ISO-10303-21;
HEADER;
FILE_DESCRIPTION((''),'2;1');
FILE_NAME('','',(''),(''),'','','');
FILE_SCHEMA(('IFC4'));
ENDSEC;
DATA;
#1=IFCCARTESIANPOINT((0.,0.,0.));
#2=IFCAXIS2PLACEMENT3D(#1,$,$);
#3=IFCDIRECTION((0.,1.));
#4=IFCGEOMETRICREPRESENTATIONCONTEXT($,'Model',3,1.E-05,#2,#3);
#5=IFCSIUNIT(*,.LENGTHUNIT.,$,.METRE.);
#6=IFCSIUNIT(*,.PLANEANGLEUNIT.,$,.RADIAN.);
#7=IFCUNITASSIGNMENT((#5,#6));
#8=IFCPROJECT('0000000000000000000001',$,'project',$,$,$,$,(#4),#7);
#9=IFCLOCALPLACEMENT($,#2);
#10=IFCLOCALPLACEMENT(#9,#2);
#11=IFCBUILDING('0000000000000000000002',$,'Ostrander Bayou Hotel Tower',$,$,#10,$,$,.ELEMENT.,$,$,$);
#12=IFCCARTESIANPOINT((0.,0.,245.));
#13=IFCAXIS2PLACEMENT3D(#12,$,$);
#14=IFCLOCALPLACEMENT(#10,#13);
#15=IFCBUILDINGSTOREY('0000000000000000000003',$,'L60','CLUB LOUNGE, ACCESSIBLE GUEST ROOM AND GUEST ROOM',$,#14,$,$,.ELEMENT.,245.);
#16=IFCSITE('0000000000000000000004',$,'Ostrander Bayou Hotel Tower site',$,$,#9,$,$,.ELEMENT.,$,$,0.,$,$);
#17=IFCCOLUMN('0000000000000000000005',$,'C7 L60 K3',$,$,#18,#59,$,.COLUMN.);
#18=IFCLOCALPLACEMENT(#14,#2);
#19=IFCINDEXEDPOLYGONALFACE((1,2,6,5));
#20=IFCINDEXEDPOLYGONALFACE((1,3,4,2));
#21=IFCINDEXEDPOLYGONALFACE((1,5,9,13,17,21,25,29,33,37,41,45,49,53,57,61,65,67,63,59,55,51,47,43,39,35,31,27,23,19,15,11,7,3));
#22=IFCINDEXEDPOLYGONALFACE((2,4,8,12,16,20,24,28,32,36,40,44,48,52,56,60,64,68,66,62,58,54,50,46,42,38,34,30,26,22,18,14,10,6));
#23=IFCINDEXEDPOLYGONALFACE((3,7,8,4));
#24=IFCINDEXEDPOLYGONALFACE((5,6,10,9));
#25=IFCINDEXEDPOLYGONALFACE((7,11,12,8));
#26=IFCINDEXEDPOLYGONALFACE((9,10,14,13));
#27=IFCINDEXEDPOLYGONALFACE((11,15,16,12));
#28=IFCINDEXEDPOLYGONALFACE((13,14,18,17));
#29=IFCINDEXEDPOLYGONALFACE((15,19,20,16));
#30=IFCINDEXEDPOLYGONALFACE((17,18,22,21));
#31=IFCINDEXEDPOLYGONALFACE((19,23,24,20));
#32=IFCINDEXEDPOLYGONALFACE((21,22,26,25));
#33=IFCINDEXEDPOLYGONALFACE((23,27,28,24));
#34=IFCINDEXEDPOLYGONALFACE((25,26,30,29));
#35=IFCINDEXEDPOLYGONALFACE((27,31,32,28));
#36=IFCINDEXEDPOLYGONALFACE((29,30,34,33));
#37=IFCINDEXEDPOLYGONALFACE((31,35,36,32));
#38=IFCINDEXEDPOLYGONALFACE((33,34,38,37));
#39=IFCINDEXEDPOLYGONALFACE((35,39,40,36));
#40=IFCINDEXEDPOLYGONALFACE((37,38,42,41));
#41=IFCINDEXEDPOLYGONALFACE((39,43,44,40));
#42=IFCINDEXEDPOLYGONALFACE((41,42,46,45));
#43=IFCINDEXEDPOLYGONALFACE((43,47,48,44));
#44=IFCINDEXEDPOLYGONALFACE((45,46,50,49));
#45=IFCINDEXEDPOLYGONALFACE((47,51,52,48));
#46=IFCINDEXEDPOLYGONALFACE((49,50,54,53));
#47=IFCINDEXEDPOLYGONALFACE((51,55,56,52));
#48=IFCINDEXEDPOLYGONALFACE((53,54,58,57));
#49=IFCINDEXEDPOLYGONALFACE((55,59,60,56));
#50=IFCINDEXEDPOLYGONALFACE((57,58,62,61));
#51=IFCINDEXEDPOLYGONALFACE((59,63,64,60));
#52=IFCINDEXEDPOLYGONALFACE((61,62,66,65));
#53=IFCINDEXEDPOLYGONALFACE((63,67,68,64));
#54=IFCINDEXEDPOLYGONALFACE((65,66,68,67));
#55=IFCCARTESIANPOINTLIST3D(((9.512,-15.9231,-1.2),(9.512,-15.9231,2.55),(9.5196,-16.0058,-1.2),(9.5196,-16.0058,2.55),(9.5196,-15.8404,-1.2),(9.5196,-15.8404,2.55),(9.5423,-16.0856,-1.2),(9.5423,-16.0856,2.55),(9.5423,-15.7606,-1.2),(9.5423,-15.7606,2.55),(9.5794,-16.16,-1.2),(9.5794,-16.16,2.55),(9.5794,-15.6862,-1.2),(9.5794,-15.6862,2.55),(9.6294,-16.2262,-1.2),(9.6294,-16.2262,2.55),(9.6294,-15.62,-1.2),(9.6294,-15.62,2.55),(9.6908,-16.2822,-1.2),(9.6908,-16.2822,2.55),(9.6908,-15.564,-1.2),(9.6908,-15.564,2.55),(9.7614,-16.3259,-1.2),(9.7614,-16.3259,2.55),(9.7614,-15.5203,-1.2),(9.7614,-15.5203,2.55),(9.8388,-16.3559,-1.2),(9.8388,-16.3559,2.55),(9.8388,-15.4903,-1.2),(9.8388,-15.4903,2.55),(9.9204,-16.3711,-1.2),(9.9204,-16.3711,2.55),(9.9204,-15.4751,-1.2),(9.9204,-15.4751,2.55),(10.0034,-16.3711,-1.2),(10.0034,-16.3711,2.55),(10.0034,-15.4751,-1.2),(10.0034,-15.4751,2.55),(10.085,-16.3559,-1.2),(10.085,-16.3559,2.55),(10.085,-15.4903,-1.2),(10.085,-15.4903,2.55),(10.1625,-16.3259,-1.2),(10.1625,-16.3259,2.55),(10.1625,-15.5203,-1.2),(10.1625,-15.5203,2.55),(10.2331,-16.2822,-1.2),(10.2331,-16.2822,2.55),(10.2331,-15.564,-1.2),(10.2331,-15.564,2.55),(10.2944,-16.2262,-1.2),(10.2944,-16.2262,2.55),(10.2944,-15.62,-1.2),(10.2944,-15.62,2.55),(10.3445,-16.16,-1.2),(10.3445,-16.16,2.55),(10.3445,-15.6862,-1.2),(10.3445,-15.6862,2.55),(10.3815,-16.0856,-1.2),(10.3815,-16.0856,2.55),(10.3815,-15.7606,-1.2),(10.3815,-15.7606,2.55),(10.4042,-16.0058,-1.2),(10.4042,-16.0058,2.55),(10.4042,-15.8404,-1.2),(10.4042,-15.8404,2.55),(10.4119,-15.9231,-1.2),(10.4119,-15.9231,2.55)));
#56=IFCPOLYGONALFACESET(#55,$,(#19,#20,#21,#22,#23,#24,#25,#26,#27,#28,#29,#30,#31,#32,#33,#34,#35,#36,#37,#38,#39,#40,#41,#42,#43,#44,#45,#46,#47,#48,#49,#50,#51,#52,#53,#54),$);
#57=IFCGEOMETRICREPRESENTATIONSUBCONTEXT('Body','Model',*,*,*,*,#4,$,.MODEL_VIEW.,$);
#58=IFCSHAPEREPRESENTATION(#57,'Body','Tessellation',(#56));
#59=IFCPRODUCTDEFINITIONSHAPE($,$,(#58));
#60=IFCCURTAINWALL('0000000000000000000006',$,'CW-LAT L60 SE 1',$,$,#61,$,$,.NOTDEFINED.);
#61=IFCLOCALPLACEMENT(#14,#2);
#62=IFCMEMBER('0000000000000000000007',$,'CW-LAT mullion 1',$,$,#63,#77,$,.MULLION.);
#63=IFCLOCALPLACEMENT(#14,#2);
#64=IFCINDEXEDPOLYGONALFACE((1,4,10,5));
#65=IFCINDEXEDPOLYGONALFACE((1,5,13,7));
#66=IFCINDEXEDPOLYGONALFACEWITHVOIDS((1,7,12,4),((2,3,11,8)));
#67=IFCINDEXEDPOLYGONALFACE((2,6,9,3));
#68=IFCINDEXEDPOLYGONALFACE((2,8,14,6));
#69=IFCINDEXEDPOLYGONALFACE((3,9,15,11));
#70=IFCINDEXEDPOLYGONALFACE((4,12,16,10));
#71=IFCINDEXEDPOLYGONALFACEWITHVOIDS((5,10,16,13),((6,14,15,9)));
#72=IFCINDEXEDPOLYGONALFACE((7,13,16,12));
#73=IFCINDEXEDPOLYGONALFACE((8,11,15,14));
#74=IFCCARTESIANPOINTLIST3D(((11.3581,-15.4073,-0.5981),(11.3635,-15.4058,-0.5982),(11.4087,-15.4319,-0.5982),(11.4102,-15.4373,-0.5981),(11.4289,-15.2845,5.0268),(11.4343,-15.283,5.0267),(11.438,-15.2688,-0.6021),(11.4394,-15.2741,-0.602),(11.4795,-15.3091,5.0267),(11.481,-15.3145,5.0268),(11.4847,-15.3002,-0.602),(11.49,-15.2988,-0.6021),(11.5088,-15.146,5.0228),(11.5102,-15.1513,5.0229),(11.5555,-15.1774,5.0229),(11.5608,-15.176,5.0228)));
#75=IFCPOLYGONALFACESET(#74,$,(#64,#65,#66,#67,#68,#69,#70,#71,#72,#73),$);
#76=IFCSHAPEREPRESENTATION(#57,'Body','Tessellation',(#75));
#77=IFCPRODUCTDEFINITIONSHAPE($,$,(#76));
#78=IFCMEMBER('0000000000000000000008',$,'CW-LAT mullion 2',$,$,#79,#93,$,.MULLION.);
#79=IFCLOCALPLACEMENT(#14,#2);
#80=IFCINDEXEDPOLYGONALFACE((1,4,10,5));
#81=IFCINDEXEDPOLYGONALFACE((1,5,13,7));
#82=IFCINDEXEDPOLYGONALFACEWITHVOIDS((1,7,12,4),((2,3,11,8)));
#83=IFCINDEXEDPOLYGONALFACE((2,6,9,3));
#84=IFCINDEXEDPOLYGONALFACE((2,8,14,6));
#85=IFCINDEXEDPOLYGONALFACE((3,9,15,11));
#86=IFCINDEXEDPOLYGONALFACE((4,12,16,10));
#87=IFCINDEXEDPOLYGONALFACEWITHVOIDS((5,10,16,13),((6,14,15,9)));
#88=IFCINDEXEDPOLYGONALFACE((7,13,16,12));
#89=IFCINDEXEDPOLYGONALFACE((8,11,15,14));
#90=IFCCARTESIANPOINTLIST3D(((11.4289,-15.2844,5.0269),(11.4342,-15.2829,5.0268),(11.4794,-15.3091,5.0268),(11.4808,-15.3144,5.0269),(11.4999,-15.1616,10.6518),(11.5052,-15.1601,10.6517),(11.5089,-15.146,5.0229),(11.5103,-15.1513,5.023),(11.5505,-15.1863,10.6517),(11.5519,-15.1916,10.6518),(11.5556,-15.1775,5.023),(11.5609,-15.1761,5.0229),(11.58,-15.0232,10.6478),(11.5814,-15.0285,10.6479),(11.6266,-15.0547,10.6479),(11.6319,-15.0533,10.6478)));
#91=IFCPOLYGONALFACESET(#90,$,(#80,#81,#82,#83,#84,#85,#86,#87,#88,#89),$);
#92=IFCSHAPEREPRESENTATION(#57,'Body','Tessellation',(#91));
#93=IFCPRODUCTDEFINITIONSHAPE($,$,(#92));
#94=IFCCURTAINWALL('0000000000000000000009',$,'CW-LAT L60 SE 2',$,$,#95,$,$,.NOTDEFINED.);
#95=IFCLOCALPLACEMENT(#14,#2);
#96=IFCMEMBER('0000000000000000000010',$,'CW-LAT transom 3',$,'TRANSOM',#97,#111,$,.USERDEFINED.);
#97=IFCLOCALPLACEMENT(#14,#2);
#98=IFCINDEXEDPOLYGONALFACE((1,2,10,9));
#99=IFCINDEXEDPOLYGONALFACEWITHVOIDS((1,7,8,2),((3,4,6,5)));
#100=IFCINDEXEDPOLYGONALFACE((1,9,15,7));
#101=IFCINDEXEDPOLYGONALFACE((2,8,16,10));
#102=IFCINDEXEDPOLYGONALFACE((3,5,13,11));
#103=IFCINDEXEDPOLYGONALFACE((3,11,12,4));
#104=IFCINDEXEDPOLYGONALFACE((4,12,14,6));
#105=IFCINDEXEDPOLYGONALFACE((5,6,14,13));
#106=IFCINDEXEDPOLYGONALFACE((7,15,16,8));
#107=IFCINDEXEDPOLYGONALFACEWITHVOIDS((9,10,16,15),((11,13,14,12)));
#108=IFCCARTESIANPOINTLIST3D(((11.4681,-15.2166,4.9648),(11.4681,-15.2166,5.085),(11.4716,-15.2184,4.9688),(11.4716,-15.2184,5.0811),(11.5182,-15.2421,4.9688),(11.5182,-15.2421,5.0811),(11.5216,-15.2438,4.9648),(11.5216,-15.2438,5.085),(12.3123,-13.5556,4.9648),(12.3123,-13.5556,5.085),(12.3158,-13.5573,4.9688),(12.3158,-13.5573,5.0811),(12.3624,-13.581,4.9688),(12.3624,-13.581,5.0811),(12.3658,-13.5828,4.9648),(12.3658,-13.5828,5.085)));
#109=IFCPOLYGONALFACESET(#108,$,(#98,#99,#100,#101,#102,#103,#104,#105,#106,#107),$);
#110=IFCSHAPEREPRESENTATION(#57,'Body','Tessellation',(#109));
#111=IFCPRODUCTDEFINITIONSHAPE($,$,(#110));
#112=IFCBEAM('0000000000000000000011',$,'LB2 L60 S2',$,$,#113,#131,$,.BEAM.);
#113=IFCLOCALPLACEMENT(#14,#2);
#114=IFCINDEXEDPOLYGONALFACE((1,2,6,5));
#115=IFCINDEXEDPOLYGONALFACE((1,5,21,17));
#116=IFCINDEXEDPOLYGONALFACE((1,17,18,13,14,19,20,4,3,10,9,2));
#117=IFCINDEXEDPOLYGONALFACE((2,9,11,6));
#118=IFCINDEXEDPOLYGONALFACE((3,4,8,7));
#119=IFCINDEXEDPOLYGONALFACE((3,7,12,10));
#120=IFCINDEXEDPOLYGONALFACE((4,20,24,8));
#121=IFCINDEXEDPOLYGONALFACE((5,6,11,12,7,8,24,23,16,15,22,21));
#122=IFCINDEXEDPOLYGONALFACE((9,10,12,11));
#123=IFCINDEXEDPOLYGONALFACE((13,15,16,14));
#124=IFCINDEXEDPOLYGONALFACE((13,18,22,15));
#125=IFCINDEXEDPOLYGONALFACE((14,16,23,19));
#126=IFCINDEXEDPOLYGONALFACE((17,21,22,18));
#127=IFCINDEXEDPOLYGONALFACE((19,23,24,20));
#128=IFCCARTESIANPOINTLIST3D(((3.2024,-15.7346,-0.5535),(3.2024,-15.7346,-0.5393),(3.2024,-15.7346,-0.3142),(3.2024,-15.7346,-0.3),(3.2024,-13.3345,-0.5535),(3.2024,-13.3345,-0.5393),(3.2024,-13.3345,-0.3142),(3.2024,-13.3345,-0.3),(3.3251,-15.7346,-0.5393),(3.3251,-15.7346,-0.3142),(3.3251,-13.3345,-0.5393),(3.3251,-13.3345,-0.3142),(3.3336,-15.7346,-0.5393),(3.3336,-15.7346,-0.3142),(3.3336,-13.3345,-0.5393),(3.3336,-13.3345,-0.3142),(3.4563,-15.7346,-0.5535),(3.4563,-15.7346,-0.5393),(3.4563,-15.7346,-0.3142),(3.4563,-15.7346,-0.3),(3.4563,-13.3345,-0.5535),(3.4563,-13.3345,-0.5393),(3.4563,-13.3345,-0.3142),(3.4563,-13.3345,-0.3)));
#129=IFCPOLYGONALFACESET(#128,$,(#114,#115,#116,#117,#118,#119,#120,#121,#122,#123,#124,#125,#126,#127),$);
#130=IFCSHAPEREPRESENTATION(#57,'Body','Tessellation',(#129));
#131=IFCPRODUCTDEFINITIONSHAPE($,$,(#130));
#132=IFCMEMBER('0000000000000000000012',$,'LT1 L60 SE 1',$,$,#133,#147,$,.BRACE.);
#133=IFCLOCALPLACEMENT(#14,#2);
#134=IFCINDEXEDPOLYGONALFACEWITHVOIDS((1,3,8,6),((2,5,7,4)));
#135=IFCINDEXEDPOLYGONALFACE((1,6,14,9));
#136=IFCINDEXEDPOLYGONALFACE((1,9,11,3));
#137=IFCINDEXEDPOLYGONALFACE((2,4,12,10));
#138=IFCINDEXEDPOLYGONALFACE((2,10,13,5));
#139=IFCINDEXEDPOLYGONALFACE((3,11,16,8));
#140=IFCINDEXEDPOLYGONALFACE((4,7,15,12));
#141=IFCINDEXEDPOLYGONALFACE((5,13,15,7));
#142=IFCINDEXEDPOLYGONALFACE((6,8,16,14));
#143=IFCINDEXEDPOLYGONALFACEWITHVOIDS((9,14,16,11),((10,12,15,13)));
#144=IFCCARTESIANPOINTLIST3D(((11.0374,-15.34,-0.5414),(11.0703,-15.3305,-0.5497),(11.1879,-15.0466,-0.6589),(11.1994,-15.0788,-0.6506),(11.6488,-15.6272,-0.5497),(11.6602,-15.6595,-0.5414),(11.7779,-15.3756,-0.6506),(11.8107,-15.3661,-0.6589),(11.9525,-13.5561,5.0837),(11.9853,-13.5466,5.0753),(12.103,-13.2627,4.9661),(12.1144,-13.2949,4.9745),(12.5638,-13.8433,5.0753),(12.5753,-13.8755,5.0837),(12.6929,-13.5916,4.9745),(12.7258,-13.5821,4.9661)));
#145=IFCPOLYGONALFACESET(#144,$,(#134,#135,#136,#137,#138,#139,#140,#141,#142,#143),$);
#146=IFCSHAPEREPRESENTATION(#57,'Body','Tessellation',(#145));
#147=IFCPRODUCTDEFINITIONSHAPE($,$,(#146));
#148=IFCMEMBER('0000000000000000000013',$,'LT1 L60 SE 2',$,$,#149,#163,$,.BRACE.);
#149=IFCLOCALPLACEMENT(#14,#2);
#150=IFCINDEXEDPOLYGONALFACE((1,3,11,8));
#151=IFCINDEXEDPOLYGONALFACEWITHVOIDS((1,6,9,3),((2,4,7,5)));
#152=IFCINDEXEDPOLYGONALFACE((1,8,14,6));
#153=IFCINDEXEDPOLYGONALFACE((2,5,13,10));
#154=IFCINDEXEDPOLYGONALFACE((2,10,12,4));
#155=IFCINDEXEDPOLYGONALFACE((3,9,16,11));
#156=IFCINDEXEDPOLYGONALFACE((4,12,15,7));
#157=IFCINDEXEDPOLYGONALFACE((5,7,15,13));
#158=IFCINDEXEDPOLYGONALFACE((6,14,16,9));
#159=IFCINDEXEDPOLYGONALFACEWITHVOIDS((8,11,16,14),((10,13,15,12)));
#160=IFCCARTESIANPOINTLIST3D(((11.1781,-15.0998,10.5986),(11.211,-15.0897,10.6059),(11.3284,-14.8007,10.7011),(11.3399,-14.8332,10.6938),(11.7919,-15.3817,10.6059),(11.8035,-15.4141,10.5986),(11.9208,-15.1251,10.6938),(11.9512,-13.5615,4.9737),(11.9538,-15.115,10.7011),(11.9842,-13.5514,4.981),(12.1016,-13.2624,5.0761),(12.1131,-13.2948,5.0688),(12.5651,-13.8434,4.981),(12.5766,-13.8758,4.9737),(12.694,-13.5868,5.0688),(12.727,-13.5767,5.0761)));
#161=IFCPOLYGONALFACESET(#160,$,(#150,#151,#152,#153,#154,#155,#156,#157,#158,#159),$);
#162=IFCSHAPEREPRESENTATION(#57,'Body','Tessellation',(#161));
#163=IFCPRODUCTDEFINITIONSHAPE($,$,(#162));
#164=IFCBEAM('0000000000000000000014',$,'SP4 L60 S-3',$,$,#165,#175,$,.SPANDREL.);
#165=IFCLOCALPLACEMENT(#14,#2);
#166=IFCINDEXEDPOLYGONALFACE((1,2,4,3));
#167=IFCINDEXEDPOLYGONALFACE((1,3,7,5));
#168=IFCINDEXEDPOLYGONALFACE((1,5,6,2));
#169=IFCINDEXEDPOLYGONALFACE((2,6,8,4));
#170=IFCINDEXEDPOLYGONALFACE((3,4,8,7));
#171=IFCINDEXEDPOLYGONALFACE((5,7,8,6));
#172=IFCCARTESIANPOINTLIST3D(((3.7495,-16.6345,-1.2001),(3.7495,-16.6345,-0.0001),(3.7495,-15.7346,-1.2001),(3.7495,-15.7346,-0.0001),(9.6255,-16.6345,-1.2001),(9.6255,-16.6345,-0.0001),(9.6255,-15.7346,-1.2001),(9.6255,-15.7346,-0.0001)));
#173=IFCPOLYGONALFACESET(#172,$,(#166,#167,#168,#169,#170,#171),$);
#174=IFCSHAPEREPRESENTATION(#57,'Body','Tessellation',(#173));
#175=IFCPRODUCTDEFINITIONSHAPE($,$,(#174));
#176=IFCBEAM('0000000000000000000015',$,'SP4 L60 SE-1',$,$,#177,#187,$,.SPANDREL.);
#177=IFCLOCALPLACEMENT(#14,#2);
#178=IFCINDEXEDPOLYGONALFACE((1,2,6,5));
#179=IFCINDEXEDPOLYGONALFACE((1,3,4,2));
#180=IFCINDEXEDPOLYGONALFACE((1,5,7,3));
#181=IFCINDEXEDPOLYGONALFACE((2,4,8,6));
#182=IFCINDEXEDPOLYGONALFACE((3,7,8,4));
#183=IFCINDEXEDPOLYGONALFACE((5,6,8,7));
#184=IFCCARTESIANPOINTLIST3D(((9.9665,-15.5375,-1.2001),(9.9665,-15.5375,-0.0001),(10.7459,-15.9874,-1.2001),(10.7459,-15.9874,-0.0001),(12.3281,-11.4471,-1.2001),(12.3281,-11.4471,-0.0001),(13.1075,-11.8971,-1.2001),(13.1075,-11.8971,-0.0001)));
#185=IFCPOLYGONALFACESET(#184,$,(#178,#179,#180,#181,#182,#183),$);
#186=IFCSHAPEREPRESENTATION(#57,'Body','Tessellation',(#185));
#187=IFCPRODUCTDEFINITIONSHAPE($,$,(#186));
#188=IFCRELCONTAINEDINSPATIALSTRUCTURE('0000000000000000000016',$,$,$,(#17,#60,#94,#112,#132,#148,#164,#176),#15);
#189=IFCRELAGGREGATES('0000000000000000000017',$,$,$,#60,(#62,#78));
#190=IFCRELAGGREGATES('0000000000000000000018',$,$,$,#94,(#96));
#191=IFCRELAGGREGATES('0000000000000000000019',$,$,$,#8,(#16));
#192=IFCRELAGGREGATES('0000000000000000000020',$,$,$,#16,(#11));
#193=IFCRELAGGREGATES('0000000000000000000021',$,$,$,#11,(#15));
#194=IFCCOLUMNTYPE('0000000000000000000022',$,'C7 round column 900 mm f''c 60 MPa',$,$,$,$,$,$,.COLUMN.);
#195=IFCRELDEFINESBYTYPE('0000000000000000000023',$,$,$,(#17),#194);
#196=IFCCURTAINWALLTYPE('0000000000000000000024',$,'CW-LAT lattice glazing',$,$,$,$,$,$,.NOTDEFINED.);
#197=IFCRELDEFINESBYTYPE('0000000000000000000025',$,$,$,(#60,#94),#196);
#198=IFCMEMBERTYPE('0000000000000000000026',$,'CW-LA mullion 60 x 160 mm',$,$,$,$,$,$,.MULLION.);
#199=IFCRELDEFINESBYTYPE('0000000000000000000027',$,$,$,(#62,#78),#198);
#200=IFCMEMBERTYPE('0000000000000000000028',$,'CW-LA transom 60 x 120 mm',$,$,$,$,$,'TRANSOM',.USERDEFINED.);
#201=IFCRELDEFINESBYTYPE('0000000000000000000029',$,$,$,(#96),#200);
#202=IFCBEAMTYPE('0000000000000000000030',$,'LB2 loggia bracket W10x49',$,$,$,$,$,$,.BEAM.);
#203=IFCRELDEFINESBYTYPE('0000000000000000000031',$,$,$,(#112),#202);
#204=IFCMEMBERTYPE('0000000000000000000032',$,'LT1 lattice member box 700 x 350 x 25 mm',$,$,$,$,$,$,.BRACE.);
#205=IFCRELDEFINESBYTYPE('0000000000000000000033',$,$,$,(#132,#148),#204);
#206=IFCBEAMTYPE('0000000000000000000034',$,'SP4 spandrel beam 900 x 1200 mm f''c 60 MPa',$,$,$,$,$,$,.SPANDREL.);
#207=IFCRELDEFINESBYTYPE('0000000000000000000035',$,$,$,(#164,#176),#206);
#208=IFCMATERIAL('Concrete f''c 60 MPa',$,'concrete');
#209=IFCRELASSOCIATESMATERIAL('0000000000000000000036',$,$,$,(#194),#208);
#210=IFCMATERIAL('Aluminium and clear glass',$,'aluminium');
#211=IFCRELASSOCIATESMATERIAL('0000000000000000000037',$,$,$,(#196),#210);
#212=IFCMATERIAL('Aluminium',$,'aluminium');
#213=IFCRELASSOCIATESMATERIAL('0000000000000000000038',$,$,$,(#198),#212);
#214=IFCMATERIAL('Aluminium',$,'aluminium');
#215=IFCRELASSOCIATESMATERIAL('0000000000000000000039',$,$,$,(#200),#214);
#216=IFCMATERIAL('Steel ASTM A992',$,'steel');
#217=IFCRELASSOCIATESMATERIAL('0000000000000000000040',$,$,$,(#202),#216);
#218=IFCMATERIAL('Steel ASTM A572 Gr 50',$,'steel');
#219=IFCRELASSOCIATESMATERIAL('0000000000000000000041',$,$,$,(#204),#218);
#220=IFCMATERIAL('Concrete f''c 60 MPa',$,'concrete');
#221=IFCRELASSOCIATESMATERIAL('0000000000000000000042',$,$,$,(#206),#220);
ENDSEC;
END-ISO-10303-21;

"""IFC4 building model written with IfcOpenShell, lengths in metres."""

from ifc_helpers import new_model, si_unit, direction, frame, origin, origin_2d, place, context, subcontext, project, spatial, rectangle, hollow_rectangle, circle, i_section, extrude, material, material_profile, profile_set, type_object, element, aggregate, save


model = new_model("IFC4")

# Units and contexts
model_context = context("Model", 3, precision=1e-05, world=origin(), true_north=direction((0.0, 1.0)))
body_context = subcontext(model_context, "Body", "Model", "MODEL_VIEW")
ifc_project = project(units=[si_unit("LENGTHUNIT", "METRE"), si_unit("PLANEANGLEUNIT", "RADIAN")], contexts=[model_context])

# Site, building, storey
site_placement = place(None, origin())
site = spatial("IfcSite", under=ifc_project, at=site_placement, Name="Ostrander Bayou Hotel Tower site", CompositionType="ELEMENT", RefElevation=0.0)
building_placement = place(site_placement, origin())
building = spatial("IfcBuilding", under=site, at=building_placement, Name="Ostrander Bayou Hotel Tower", CompositionType="ELEMENT")
storey_placement = place(building_placement, frame((0.0, 0.0, 245.0)))
storey = spatial("IfcBuildingStorey", under=building, at=storey_placement, Name="L60", Description="CLUB LOUNGE, ACCESSIBLE GUEST ROOM AND GUEST ROOM", CompositionType="ELEMENT", Elevation=245.0)

# Column
ifc_material_1 = material(Name="Concrete f'c 60 MPa", Category="concrete")
ifc_material_profile_1 = material_profile(ifc_material_1, circle(Radius=0.45, at=origin_2d()))
ifc_profile_set_1 = profile_set([ifc_material_profile_1], Name="Concrete f'c 60 MPa")
column_type = type_object("IfcColumnType", Name="C7 round column 900 mm f'c 60 MPa", PredefinedType="COLUMN", material=ifc_profile_set_1)
column_placement = place(storey_placement, frame((9.9619, -15.9231, -1.2), z_axis=(0.0, 0.0, 1.0), x_axis=(1.0, 0.0, 0.0)))
element("IfcColumn", 1, at=column_placement, inside=storey, type_object=column_type, Name="C7 L60 K3", PredefinedType="COLUMN", context=body_context, shape_type="SweptSolid", body=[
    extrude(circle(Radius=0.45, at=origin_2d()), origin(), (0.0, 0.0, 1.0), 3.75),
])

# Curtain wall, members
ifc_material_2 = material(Name="Aluminium and clear glass", Category="aluminium")
curtain_wall_type = type_object("IfcCurtainWallType", Name="CW-LAT lattice glazing", PredefinedType="NOTDEFINED", material=ifc_material_2)
curtain_wall_1_placement = place(storey_placement, origin())
curtain_wall_1 = element("IfcCurtainWall", 2, at=curtain_wall_1_placement, inside=storey, type_object=curtain_wall_type, Name="CW-LAT L60 SE 1", PredefinedType="NOTDEFINED")
ifc_material_3 = material(Name="Aluminium", Category="aluminium")
ifc_material_profile_2 = material_profile(ifc_material_3, hollow_rectangle(XDim=0.0601, YDim=0.1599, WallThickness=0.0039, at=origin_2d()))
ifc_profile_set_2 = profile_set([ifc_material_profile_2], Name="Aluminium")
member_type_1 = type_object("IfcMemberType", Name="CW-LA mullion 60 x 160 mm", PredefinedType="MULLION", material=ifc_profile_set_2)
member_1_placement = place(storey_placement, frame((11.4241, -15.353, -0.6001), z_axis=(0.012583, 0.021825, 0.999683), x_axis=(-0.866329, 0.499474, 0.0)))
member_1 = element("IfcMember", 3, at=member_1_placement, type_object=member_type_1, Name="CW-LAT mullion 1", PredefinedType="MULLION", context=body_context, shape_type="SweptSolid", body=[
    extrude(hollow_rectangle(XDim=0.0601, YDim=0.1599, WallThickness=0.0039, at=origin_2d()), origin(), (0.0, 0.0, 1.0), 5.6267),
])
member_2_placement = place(storey_placement, frame((11.4949, -15.2302, 5.0249), z_axis=(0.012626, 0.021825, 0.999682), x_axis=(-0.865583, 0.500765, 0.0)))
member_2 = element("IfcMember", 4, at=member_2_placement, type_object=member_type_1, Name="CW-LAT mullion 2", PredefinedType="MULLION", context=body_context, shape_type="SweptSolid", body=[
    extrude(hollow_rectangle(XDim=0.0601, YDim=0.1599, WallThickness=0.0039, at=origin_2d()), origin(), (0.0, 0.0, 1.0), 5.6267),
])
aggregate(curtain_wall_1, [member_1, member_2])

# Curtain wall, member
curtain_wall_2_placement = place(storey_placement, origin())
curtain_wall_2 = element("IfcCurtainWall", 5, at=curtain_wall_2_placement, inside=storey, type_object=curtain_wall_type, Name="CW-LAT L60 SE 2", PredefinedType="NOTDEFINED")
ifc_material_4 = material(Name="Aluminium", Category="aluminium")
ifc_material_profile_3 = material_profile(ifc_material_4, hollow_rectangle(XDim=0.0601, YDim=0.1201, WallThickness=0.0039, at=origin_2d()))
ifc_profile_set_3 = profile_set([ifc_material_profile_3], Name="Aluminium")
member_type_2 = type_object("IfcMemberType", Name="CW-LA transom 60 x 120 mm", ElementType="TRANSOM", PredefinedType="USERDEFINED", material=ifc_profile_set_3)
member_3_placement = place(storey_placement, frame((11.4949, -15.2302, 5.0249), z_axis=(0.453074, 0.891473, 0.0), x_axis=(-0.891473, 0.453074, 0.0)))
member_3 = element("IfcMember", 6, at=member_3_placement, type_object=member_type_2, Name="CW-LAT transom 3", ObjectType="TRANSOM", PredefinedType="USERDEFINED", context=body_context, shape_type="SweptSolid", body=[
    extrude(hollow_rectangle(XDim=0.0601, YDim=0.1201, WallThickness=0.0039, at=origin_2d()), origin(), (0.0, 0.0, 1.0), 1.8633),
])
aggregate(curtain_wall_2, [member_3])

# Beam
ifc_material_5 = material(Name="Steel ASTM A992", Category="steel")
ifc_material_profile_4 = material_profile(ifc_material_5, i_section(OverallWidth=0.2539, OverallDepth=0.2534, WebThickness=0.0085, FlangeThickness=0.0142, at=origin_2d()))
ifc_profile_set_4 = profile_set([ifc_material_profile_4], Name="Steel ASTM A992")
beam_type_1 = type_object("IfcBeamType", Name="LB2 loggia bracket W10x49", PredefinedType="BEAM", material=ifc_profile_set_4)
beam_1_placement = place(storey_placement, frame((3.3293, -15.7346, -0.4268), z_axis=(0.0, 1.0, 0.0), x_axis=(-1.0, 0.0, 0.0)))
element("IfcBeam", 7, at=beam_1_placement, inside=storey, type_object=beam_type_1, Name="LB2 L60 S2", PredefinedType="BEAM", context=body_context, shape_type="SweptSolid", body=[
    extrude(i_section(OverallWidth=0.2539, OverallDepth=0.2534, WebThickness=0.0085, FlangeThickness=0.0142, at=origin_2d()), origin(), (0.0, 0.0, 1.0), 2.4001),
])

# Members
ifc_material_6 = material(Name="Steel ASTM A572 Gr 50", Category="steel")
ifc_material_profile_5 = material_profile(ifc_material_6, hollow_rectangle(XDim=0.7, YDim=0.3501, WallThickness=0.0249, at=origin_2d()))
ifc_profile_set_5 = profile_set([ifc_material_profile_5], Name="Steel ASTM A572 Gr 50")
member_type_3 = type_object("IfcMemberType", Name="LT1 lattice member box 700 x 350 x 25 mm", PredefinedType="BRACE", material=ifc_profile_set_5)
member_4_placement = place(storey_placement, frame((12.3391, -13.5691, 5.0249), z_axis=(-0.153231, -0.298735, -0.941954), x_axis=(0.889777, -0.456396, 0.0)))
element("IfcMember", 8, at=member_4_placement, inside=storey, type_object=member_type_3, Name="LT1 L60 SE 1", PredefinedType="BRACE", context=body_context, shape_type="SweptSolid", body=[
    extrude(hollow_rectangle(XDim=0.7, YDim=0.3501, WallThickness=0.0249, at=origin_2d()), origin(), (0.0, 0.0, 1.0), 5.9717),
])
member_5_placement = place(storey_placement, frame((12.3391, -13.5691, 5.0249), z_axis=(-0.131437, -0.261505, 0.956211), x_axis=(0.893489, -0.449084, 0.0)))
element("IfcMember", 9, at=member_5_placement, inside=storey, type_object=member_type_3, Name="LT1 L60 SE 2", PredefinedType="BRACE", context=body_context, shape_type="SweptSolid", body=[
    extrude(hollow_rectangle(XDim=0.7, YDim=0.3501, WallThickness=0.0249, at=origin_2d()), origin(), (0.0, 0.0, 1.0), 5.8826),
])

# Beams
ifc_material_7 = material(Name="Concrete f'c 60 MPa", Category="concrete")
ifc_material_profile_6 = material_profile(ifc_material_7, rectangle(XDim=0.8999, YDim=1.2, at=origin_2d()))
ifc_profile_set_6 = profile_set([ifc_material_profile_6], Name="Concrete f'c 60 MPa")
beam_type_2 = type_object("IfcBeamType", Name="SP4 spandrel beam 900 x 1200 mm f'c 60 MPa", PredefinedType="SPANDREL", material=ifc_profile_set_6)
beam_2_placement = place(storey_placement, frame((3.7495, -16.1846, -0.6001), z_axis=(1.0, 0.0, 0.0), x_axis=(0.0, 1.0, 0.0)))
element("IfcBeam", 10, at=beam_2_placement, inside=storey, type_object=beam_type_2, Name="SP4 L60 S-3", PredefinedType="SPANDREL", context=body_context, shape_type="SweptSolid", body=[
    extrude(rectangle(XDim=0.8999, YDim=1.2, at=origin_2d()), origin(), (0.0, 0.0, 1.0), 5.876),
])
beam_3_placement = place(storey_placement, frame((10.3562, -15.7625, -0.6001), z_axis=(0.500003, 0.866024, 0.0), x_axis=(-0.866024, 0.500003, 0.0)))
element("IfcBeam", 11, at=beam_3_placement, inside=storey, type_object=beam_type_2, Name="SP4 L60 SE-1", PredefinedType="SPANDREL", context=body_context, shape_type="SweptSolid", body=[
    extrude(rectangle(XDim=0.8999, YDim=1.2, at=origin_2d()), origin(), (0.0, 0.0, 1.0), 4.7231),
])

save(model, "model.ifc")
